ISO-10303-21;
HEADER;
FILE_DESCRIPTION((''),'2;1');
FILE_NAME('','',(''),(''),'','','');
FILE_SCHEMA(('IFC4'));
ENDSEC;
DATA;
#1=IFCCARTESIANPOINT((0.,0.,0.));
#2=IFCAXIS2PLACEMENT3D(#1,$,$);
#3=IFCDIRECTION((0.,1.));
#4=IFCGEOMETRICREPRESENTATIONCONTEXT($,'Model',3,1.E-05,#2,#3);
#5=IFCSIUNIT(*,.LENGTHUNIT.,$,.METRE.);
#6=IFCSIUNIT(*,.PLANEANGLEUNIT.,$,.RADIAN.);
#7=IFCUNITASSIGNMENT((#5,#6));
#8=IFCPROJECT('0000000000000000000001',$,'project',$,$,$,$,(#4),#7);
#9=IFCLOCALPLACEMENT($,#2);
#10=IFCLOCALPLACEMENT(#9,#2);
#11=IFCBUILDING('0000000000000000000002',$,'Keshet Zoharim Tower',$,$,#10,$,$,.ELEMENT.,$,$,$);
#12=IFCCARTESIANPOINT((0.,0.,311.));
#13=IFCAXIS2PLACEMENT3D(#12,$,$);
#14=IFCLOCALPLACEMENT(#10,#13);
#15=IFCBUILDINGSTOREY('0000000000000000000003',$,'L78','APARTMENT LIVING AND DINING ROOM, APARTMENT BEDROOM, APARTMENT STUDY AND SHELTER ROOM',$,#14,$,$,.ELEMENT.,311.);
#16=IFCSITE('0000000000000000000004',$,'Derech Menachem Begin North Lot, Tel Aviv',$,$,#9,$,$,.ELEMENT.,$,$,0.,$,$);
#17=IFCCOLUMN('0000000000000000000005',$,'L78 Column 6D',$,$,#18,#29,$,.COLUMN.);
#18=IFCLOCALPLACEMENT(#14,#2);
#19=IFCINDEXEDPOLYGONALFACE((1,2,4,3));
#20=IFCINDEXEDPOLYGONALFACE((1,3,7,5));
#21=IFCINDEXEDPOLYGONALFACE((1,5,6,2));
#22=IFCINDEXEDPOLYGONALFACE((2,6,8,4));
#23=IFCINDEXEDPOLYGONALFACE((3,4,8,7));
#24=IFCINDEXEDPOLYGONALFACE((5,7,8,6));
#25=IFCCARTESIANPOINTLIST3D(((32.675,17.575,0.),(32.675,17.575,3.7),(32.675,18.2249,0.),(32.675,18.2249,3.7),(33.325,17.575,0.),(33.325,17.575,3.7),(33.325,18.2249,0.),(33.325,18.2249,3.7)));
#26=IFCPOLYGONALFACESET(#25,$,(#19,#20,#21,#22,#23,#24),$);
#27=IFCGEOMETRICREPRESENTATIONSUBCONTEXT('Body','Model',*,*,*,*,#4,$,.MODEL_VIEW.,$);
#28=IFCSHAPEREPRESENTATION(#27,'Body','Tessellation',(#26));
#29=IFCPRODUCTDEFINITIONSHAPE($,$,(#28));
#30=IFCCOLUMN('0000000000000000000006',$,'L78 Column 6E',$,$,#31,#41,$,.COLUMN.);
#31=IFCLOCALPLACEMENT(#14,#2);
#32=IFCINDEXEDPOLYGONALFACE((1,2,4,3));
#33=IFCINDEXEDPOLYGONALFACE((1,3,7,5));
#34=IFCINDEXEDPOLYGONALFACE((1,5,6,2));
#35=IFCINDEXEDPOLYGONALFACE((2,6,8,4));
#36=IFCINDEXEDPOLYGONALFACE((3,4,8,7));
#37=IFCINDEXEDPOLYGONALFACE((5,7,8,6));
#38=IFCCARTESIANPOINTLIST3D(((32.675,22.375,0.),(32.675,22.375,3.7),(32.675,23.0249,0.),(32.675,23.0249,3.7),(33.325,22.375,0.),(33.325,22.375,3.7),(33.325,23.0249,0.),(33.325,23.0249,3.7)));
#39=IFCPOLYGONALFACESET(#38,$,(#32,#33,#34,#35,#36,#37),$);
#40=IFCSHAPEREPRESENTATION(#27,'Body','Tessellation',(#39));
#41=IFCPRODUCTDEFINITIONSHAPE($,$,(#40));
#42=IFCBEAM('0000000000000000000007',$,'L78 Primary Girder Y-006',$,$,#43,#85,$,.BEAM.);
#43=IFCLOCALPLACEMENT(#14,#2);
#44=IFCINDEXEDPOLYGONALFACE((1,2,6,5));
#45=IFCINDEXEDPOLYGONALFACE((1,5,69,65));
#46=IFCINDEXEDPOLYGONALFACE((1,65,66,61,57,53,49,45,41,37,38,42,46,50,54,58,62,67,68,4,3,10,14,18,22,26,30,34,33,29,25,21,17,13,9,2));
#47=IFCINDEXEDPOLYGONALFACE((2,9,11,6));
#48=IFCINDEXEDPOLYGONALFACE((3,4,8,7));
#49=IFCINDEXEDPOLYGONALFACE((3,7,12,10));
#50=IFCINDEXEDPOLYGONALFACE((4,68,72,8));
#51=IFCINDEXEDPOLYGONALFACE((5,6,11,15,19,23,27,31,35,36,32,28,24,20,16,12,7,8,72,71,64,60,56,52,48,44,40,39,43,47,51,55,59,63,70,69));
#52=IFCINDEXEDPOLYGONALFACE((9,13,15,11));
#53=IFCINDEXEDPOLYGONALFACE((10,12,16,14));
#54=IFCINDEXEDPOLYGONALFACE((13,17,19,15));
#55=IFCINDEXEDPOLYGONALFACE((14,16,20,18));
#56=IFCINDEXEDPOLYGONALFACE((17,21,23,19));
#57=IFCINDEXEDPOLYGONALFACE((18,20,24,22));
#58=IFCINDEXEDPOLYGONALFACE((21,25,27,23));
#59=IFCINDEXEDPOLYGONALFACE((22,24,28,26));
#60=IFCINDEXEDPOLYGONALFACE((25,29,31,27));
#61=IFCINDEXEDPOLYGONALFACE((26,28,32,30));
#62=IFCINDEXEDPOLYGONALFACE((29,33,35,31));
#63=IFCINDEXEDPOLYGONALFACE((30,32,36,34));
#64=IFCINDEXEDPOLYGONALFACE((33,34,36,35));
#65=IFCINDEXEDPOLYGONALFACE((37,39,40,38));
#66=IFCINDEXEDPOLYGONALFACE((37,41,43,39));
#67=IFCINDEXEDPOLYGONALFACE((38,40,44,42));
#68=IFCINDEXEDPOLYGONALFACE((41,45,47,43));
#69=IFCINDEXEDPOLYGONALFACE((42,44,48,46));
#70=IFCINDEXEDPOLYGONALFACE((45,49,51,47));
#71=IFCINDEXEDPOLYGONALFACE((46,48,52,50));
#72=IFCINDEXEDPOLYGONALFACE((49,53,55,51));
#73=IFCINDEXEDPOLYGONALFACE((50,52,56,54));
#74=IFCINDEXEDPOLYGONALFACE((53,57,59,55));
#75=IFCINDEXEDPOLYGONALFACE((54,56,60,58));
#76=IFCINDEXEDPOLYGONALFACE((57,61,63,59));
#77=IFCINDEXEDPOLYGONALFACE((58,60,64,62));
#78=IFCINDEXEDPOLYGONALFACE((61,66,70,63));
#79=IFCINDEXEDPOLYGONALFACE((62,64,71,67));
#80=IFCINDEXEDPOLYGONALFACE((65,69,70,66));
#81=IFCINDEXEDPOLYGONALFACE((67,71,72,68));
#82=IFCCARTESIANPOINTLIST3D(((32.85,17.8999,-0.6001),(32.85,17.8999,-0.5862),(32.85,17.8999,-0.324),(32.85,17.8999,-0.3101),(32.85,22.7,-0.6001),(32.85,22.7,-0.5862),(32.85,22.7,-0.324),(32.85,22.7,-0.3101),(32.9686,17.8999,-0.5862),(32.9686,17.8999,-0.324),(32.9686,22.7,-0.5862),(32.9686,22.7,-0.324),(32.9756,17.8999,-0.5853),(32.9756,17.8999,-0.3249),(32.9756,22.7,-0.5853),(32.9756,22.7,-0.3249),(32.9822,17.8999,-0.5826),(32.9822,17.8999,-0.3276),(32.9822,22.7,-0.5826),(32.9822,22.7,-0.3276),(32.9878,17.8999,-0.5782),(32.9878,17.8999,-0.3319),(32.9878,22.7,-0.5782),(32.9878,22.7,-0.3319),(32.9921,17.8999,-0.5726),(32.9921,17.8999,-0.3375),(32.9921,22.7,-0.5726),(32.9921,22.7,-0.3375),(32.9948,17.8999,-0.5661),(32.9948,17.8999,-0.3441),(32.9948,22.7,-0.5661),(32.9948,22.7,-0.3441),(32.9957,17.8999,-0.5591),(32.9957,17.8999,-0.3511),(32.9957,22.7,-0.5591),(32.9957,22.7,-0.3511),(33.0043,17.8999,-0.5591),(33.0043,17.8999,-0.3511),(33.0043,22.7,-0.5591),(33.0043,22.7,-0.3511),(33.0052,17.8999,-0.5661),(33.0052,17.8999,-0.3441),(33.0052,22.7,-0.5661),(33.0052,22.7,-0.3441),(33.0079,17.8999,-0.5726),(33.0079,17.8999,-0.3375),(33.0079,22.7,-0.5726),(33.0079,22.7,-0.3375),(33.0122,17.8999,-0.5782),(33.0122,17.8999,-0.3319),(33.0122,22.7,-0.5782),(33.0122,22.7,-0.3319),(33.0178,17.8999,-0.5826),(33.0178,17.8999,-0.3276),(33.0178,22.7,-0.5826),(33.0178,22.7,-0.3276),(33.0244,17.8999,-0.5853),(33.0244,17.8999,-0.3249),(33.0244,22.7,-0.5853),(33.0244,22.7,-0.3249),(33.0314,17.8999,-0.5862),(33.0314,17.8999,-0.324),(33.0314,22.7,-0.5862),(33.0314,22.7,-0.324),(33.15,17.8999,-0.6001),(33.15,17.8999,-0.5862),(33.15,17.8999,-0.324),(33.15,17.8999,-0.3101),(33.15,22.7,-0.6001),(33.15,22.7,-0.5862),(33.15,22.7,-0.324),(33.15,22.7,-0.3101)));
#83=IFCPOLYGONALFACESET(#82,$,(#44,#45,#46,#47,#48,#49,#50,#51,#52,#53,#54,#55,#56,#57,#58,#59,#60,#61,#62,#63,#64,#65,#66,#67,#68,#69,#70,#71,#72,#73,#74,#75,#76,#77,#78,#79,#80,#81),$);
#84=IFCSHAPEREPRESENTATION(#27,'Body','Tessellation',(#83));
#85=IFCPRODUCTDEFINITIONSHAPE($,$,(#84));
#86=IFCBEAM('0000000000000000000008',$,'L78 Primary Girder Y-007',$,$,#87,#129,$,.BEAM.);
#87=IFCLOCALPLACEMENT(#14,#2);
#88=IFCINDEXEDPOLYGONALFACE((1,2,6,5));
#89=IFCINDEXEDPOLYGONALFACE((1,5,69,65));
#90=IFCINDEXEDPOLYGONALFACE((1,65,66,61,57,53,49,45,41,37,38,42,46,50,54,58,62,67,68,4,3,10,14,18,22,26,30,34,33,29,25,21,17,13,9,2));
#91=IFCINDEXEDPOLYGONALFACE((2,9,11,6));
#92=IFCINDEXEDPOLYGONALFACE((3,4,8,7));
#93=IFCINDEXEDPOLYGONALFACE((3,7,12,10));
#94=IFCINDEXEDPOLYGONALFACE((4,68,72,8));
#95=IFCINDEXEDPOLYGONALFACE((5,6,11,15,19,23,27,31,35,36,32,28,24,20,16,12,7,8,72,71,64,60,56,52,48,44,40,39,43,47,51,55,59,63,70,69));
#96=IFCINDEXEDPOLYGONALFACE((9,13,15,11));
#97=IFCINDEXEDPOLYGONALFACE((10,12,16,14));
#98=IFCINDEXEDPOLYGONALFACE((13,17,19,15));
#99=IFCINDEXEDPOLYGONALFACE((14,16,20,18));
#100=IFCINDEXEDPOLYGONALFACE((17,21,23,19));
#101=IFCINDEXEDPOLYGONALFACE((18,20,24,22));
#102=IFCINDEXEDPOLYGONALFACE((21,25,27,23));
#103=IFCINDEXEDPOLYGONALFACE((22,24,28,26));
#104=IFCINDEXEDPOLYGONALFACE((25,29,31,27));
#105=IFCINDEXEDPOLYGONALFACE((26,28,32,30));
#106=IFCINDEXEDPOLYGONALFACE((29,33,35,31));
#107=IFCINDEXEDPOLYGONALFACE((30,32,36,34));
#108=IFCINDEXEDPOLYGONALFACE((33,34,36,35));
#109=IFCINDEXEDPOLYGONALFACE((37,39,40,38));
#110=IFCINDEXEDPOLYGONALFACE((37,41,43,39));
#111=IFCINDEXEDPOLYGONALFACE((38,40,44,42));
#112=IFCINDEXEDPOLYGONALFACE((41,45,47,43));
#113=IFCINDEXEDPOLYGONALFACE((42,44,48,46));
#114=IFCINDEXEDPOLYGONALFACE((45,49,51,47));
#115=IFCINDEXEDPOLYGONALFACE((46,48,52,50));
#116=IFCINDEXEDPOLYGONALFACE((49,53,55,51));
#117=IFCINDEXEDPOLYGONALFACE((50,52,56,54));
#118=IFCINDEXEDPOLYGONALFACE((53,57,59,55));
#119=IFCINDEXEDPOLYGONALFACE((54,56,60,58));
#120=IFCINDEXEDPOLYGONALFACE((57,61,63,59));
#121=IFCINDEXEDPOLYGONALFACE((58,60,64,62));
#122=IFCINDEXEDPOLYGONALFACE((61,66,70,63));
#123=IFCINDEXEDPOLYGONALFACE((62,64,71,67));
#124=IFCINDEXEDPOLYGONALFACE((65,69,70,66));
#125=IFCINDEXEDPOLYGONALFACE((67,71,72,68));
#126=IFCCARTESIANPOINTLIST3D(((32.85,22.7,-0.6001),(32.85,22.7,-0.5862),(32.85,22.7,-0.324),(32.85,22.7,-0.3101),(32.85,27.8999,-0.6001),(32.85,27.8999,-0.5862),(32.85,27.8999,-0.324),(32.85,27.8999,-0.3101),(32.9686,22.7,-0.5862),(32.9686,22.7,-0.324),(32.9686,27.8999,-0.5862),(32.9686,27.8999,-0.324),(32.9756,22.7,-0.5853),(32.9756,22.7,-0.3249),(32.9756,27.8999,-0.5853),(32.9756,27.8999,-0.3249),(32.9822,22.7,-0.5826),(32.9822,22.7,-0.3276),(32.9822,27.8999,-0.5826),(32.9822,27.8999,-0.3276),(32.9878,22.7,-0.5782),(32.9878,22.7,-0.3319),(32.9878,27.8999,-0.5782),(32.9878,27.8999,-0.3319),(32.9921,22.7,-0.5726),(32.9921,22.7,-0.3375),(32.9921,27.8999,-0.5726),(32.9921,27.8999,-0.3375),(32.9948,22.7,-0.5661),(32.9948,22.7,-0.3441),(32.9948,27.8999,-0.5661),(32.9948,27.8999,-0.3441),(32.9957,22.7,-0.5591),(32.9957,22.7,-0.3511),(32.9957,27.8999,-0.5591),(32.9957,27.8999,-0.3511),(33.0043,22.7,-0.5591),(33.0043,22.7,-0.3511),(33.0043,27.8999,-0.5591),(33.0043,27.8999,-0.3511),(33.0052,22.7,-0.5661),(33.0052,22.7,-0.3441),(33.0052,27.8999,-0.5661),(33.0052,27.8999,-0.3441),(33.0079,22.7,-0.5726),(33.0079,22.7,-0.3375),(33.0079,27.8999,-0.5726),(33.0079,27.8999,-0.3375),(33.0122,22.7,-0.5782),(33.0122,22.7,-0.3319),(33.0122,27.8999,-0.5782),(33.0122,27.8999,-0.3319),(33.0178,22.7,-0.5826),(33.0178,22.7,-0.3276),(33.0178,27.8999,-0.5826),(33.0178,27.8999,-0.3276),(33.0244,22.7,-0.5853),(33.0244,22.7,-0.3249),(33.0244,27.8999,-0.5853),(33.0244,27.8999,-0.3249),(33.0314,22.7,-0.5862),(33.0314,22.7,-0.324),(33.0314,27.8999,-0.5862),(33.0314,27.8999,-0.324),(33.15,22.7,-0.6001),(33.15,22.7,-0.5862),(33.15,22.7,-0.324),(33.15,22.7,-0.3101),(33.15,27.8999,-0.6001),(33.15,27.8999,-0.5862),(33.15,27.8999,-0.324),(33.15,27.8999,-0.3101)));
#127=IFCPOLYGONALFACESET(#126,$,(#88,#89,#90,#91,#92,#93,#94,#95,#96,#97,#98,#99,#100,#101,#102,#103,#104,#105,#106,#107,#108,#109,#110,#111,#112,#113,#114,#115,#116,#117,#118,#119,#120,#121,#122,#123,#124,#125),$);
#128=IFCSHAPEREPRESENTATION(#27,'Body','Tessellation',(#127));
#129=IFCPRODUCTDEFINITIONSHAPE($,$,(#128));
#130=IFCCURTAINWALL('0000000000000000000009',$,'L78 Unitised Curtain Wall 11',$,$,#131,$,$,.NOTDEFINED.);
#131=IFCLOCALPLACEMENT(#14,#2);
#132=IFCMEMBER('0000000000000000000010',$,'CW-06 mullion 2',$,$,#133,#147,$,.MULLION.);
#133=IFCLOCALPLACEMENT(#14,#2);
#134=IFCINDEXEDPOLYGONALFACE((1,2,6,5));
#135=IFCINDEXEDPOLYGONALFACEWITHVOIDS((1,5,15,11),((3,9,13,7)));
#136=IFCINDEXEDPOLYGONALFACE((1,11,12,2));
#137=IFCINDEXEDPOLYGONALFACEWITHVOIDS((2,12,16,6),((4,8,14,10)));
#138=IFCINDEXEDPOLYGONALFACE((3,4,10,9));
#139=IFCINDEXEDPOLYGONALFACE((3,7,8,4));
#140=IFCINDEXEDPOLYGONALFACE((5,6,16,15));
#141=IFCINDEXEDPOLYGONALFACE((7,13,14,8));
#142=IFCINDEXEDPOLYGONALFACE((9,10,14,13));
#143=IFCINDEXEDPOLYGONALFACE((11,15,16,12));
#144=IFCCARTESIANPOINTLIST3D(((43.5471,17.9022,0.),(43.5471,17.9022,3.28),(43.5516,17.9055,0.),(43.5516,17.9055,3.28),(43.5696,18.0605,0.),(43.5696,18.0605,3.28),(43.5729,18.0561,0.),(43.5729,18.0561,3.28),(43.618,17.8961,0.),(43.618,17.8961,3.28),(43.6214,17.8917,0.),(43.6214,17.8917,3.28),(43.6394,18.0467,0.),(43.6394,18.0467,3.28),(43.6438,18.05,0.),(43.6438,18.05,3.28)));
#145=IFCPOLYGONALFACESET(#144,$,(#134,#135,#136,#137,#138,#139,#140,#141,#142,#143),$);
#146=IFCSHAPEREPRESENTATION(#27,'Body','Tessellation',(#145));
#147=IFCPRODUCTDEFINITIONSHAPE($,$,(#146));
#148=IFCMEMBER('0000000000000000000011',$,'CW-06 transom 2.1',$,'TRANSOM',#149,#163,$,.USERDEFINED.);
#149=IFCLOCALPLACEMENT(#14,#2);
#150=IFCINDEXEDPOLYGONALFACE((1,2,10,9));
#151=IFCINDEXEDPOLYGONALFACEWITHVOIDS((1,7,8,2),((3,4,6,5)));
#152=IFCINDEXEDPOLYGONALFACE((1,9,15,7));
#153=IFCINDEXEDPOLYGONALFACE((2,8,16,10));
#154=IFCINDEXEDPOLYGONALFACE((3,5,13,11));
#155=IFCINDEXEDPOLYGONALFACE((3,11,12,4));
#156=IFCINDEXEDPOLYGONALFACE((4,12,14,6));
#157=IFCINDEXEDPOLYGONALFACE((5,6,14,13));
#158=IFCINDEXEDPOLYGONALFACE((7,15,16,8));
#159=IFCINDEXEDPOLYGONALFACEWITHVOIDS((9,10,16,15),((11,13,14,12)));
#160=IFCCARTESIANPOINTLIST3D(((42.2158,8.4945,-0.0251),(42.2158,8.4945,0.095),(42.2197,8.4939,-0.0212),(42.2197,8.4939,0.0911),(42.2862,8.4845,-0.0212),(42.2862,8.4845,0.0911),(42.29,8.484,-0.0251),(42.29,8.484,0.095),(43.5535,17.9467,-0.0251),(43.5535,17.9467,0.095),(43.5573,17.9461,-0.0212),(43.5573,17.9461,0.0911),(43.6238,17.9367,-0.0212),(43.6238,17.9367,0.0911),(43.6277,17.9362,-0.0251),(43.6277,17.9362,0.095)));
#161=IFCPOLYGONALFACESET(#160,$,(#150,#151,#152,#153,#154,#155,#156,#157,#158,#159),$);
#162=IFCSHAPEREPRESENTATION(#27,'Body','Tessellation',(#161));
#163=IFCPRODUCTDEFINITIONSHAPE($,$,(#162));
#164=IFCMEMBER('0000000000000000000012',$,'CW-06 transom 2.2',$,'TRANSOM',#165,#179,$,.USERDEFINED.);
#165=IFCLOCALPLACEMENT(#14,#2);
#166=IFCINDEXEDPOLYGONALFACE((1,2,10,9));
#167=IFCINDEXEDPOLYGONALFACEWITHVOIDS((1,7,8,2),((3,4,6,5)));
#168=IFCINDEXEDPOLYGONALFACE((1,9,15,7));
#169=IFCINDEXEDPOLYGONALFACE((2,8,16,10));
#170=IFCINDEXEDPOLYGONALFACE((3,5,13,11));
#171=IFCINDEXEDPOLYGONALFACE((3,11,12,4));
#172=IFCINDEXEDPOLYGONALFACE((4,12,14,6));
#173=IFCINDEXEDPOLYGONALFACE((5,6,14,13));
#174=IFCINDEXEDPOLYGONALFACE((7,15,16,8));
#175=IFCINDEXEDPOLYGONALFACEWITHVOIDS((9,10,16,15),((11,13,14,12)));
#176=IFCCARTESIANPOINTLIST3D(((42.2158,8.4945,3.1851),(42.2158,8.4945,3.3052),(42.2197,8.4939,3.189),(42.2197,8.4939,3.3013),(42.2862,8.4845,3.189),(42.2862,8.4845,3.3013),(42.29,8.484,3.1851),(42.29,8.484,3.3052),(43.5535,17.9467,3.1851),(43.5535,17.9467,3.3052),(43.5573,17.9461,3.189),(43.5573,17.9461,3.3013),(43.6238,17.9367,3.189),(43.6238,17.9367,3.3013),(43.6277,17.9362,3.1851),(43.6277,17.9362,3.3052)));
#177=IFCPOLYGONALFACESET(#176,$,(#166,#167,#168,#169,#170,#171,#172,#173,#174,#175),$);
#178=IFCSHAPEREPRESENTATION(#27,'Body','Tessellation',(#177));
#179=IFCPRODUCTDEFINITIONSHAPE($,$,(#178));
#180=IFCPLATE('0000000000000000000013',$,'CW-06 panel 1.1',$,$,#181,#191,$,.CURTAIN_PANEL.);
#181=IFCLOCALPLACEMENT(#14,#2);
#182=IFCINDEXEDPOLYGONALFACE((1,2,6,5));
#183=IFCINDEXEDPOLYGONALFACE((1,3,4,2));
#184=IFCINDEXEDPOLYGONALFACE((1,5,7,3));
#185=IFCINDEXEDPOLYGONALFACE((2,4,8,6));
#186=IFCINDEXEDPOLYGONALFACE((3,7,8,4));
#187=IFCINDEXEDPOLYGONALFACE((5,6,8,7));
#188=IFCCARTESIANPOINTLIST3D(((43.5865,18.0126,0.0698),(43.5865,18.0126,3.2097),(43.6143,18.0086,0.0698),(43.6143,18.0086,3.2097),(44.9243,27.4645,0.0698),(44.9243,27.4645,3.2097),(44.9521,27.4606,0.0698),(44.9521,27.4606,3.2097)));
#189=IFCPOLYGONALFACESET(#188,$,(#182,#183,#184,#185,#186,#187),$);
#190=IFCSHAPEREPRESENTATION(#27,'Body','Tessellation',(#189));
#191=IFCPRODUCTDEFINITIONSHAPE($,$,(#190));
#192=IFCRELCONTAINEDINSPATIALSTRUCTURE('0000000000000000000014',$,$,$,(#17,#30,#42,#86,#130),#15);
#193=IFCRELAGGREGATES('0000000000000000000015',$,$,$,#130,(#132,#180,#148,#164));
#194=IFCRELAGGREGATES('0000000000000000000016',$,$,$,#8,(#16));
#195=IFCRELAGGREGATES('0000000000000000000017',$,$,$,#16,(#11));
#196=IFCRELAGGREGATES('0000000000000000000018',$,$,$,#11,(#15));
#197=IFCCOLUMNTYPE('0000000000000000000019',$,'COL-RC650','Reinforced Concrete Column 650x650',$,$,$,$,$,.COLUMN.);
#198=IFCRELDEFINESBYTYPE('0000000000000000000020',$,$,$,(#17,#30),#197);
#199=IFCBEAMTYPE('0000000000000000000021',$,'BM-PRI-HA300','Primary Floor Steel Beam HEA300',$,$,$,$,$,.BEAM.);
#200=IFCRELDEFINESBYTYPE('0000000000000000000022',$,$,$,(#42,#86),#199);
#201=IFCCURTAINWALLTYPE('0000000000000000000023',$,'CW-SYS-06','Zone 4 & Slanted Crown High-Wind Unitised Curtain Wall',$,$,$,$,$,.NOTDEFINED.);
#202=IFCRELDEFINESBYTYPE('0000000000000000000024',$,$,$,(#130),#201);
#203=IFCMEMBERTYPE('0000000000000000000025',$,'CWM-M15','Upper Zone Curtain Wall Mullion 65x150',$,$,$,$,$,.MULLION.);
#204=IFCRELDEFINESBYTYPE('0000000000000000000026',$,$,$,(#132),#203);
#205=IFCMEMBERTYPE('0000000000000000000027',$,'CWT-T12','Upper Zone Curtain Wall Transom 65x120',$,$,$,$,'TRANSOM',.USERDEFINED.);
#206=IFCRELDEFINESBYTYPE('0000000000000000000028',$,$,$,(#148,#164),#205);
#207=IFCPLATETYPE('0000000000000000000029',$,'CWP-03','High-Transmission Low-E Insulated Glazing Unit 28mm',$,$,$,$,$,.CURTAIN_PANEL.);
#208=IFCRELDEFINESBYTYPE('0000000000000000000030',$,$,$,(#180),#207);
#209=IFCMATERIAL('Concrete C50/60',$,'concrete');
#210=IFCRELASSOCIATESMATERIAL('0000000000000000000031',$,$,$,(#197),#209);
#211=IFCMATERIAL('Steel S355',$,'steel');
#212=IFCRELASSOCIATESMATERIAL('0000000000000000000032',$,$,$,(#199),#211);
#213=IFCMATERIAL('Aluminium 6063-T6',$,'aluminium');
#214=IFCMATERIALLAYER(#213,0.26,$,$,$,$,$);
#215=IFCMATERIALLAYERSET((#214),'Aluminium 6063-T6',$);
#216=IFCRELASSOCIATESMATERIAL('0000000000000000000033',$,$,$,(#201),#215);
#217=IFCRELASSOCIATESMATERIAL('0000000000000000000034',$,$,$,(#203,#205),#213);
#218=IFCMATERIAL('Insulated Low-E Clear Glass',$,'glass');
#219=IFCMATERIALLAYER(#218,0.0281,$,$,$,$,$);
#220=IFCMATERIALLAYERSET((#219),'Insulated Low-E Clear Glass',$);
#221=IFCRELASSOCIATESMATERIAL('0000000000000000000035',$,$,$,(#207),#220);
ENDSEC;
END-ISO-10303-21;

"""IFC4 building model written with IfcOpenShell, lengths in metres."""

from ifc_helpers import new_model, si_unit, direction, frame, origin, origin_2d, place, context, subcontext, project, spatial, rectangle, hollow_rectangle, i_section, extrude, material, layer, layer_set, material_profile, profile_set, type_object, element, aggregate, save


model = new_model("IFC4")

# Units and contexts
model_context = context("Model", 3, precision=1e-05, world=origin(), true_north=direction((0.0, 1.0)))
body_context = subcontext(model_context, "Body", "Model", "MODEL_VIEW")
ifc_project = project(units=[si_unit("LENGTHUNIT", "METRE"), si_unit("PLANEANGLEUNIT", "RADIAN")], contexts=[model_context])

# Site, building, storey
site_placement = place(None, origin())
site = spatial("IfcSite", under=ifc_project, at=site_placement, Name="Derech Menachem Begin North Lot, Tel Aviv", CompositionType="ELEMENT", RefElevation=0.0)
building_placement = place(site_placement, origin())
building = spatial("IfcBuilding", under=site, at=building_placement, Name="Keshet Zoharim Tower", CompositionType="ELEMENT")
storey_placement = place(building_placement, frame((0.0, 0.0, 311.0)))
storey = spatial("IfcBuildingStorey", under=building, at=storey_placement, Name="L78", Description="APARTMENT LIVING AND DINING ROOM, APARTMENT BEDROOM, APARTMENT STUDY AND SHELTER ROOM", CompositionType="ELEMENT", Elevation=311.0)

# Columns
ifc_material_1 = material(Name="Concrete C50/60", Category="concrete")
ifc_material_profile_1 = material_profile(ifc_material_1, rectangle(XDim=0.6499, YDim=0.6499, at=origin_2d()), Name="RC650x650")
ifc_profile_set_1 = profile_set([ifc_material_profile_1], Name="Concrete C50/60")
column_type = type_object("IfcColumnType", Name="COL-RC650", Description="Reinforced Concrete Column 650x650", PredefinedType="COLUMN", material=ifc_profile_set_1)
for number, where, z_axis, x_axis, name in (
    (1, (33.0, 17.8999, 0.0), (0.0, 0.0, 1.0), (1.0, 0.0, 0.0), "L78 Column 6D"),
    (2, (33.0, 22.7, 0.0), (0.0, 0.0, 1.0), (1.0, 0.0, 0.0), "L78 Column 6E"),
):
    element("IfcColumn", number, at=place(storey_placement, frame(where, z_axis=z_axis, x_axis=x_axis)), inside=storey, type_object=column_type, Name=name, PredefinedType="COLUMN", context=body_context, shape_type="SweptSolid", body=[
        extrude(rectangle(XDim=0.6499, YDim=0.6499, at=origin_2d()), origin(), (0.0, 0.0, 1.0), 3.7),
    ])

# Beams
ifc_material_2 = material(Name="Steel S355", Category="steel")
ifc_material_profile_2 = material_profile(ifc_material_2, i_section(OverallWidth=0.3, OverallDepth=0.29, WebThickness=0.0085, FlangeThickness=0.0139, FilletRadius=0.0271, at=origin_2d()), Name="HEA300")
ifc_profile_set_2 = profile_set([ifc_material_profile_2], Name="Steel S355")
beam_type = type_object("IfcBeamType", Name="BM-PRI-HA300", Description="Primary Floor Steel Beam HEA300", PredefinedType="BEAM", material=ifc_profile_set_2)
beam_1_placement = place(storey_placement, frame((33.0, 17.8999, -0.4551), z_axis=(0.0, 1.0, 0.0), x_axis=(-1.0, 0.0, 0.0)))
element("IfcBeam", 3, at=beam_1_placement, inside=storey, type_object=beam_type, Name="L78 Primary Girder Y-006", PredefinedType="BEAM", context=body_context, shape_type="SweptSolid", body=[
    extrude(i_section(OverallWidth=0.3, OverallDepth=0.29, WebThickness=0.0085, FlangeThickness=0.0139, FilletRadius=0.0271, at=origin_2d()), origin(), (0.0, 0.0, 1.0), 4.8),
])
beam_2_placement = place(storey_placement, frame((33.0, 22.7, -0.4551), z_axis=(0.0, 1.0, 0.0), x_axis=(-1.0, 0.0, 0.0)))
element("IfcBeam", 4, at=beam_2_placement, inside=storey, type_object=beam_type, Name="L78 Primary Girder Y-007", PredefinedType="BEAM", context=body_context, shape_type="SweptSolid", body=[
    extrude(i_section(OverallWidth=0.3, OverallDepth=0.29, WebThickness=0.0085, FlangeThickness=0.0139, FilletRadius=0.0271, at=origin_2d()), origin(), (0.0, 0.0, 1.0), 5.2),
])

# Curtain wall, members, plate
ifc_material_3 = material(Name="Aluminium 6063-T6", Category="aluminium")
ifc_layer_1 = layer(ifc_material_3, 0.26)
ifc_layer_set_1 = layer_set([ifc_layer_1], Name="Aluminium 6063-T6")
curtain_wall_type = type_object("IfcCurtainWallType", Name="CW-SYS-06", Description="Zone 4 & Slanted Crown High-Wind Unitised Curtain Wall", PredefinedType="NOTDEFINED", material=ifc_layer_set_1)
curtain_wall_placement = place(storey_placement, origin())
curtain_wall = element("IfcCurtainWall", 5, at=curtain_wall_placement, inside=storey, type_object=curtain_wall_type, Name="L78 Unitised Curtain Wall 11", PredefinedType="NOTDEFINED")
ifc_material_profile_3 = material_profile(ifc_material_3, hollow_rectangle(XDim=0.075, YDim=0.1599, WallThickness=0.0039, at=origin_2d()), Name="MUL-75x160")
ifc_profile_set_3 = profile_set([ifc_material_profile_3], Name="Aluminium 6063-T6")
member_type_1 = type_object("IfcMemberType", Name="CWM-M15", Description="Upper Zone Curtain Wall Mullion 65x150", PredefinedType="MULLION", material=ifc_profile_set_3)
member_1_placement = place(storey_placement, frame((43.5955, 17.9761, 0.0), z_axis=(0.0, 0.0, 1.0), x_axis=(0.990132, -0.140137, 0.0)))
member_1 = element("IfcMember", 6, at=member_1_placement, type_object=member_type_1, Name="CW-06 mullion 2", PredefinedType="MULLION", context=body_context, shape_type="SweptSolid", body=[
    extrude(hollow_rectangle(XDim=0.075, YDim=0.1599, WallThickness=0.0039, at=origin_2d()), origin(), (0.0, 0.0, 1.0), 3.28),
])
ifc_material_profile_4 = material_profile(ifc_material_3, hollow_rectangle(XDim=0.075, YDim=0.1201, WallThickness=0.0039, at=origin_2d()), Name="TRN-75x120")
ifc_profile_set_4 = profile_set([ifc_material_profile_4], Name="Aluminium 6063-T6")
member_type_2 = type_object("IfcMemberType", Name="CWT-T12", Description="Upper Zone Curtain Wall Transom 65x120", ElementType="TRANSOM", PredefinedType="USERDEFINED", material=ifc_profile_set_4)
member_2_placement = place(storey_placement, frame((43.5906, 17.9414, 0.0349), z_axis=(-0.140122, -0.990134, 0.0), x_axis=(0.990134, -0.140122, 0.0)))
member_2 = element("IfcMember", 7, at=member_2_placement, type_object=member_type_2, Name="CW-06 transom 2.1", ObjectType="TRANSOM", PredefinedType="USERDEFINED", context=body_context, shape_type="SweptSolid", body=[
    extrude(hollow_rectangle(XDim=0.075, YDim=0.1201, WallThickness=0.0039, at=origin_2d()), origin(), (0.0, 0.0, 1.0), 9.5464),
])
member_3_placement = place(storey_placement, frame((43.5906, 17.9414, 3.2451), z_axis=(-0.140122, -0.990134, 0.0), x_axis=(0.990134, -0.140122, 0.0)))
member_3 = element("IfcMember", 8, at=member_3_placement, type_object=member_type_2, Name="CW-06 transom 2.2", ObjectType="TRANSOM", PredefinedType="USERDEFINED", context=body_context, shape_type="SweptSolid", body=[
    extrude(hollow_rectangle(XDim=0.075, YDim=0.1201, WallThickness=0.0039, at=origin_2d()), origin(), (0.0, 0.0, 1.0), 9.5464),
])
ifc_material_4 = material(Name="Insulated Low-E Clear Glass", Category="glass")
ifc_layer_2 = layer(ifc_material_4, 0.0281)
ifc_layer_set_2 = layer_set([ifc_layer_2], Name="Insulated Low-E Clear Glass")
plate_type = type_object("IfcPlateType", Name="CWP-03", Description="High-Transmission Low-E Insulated Glazing Unit 28mm", PredefinedType="CURTAIN_PANEL", material=ifc_layer_set_2)
plate_1_placement = place(storey_placement, frame((44.2693, 22.7366, 0.0698), z_axis=(0.0, 0.0, 1.0), x_axis=(-0.140137, -0.990132, 0.0)))
plate_1 = element("IfcPlate", 9, at=plate_1_placement, type_object=plate_type, Name="CW-06 panel 1.1", PredefinedType="CURTAIN_PANEL", context=body_context, shape_type="SweptSolid", body=[
    extrude(rectangle(XDim=9.5461, YDim=0.0281, at=origin_2d()), origin(), (0.0, 0.0, 1.0), 3.1399),
])
aggregate(curtain_wall, [member_1, plate_1, member_2, member_3])

save(model, "model.ifc")
